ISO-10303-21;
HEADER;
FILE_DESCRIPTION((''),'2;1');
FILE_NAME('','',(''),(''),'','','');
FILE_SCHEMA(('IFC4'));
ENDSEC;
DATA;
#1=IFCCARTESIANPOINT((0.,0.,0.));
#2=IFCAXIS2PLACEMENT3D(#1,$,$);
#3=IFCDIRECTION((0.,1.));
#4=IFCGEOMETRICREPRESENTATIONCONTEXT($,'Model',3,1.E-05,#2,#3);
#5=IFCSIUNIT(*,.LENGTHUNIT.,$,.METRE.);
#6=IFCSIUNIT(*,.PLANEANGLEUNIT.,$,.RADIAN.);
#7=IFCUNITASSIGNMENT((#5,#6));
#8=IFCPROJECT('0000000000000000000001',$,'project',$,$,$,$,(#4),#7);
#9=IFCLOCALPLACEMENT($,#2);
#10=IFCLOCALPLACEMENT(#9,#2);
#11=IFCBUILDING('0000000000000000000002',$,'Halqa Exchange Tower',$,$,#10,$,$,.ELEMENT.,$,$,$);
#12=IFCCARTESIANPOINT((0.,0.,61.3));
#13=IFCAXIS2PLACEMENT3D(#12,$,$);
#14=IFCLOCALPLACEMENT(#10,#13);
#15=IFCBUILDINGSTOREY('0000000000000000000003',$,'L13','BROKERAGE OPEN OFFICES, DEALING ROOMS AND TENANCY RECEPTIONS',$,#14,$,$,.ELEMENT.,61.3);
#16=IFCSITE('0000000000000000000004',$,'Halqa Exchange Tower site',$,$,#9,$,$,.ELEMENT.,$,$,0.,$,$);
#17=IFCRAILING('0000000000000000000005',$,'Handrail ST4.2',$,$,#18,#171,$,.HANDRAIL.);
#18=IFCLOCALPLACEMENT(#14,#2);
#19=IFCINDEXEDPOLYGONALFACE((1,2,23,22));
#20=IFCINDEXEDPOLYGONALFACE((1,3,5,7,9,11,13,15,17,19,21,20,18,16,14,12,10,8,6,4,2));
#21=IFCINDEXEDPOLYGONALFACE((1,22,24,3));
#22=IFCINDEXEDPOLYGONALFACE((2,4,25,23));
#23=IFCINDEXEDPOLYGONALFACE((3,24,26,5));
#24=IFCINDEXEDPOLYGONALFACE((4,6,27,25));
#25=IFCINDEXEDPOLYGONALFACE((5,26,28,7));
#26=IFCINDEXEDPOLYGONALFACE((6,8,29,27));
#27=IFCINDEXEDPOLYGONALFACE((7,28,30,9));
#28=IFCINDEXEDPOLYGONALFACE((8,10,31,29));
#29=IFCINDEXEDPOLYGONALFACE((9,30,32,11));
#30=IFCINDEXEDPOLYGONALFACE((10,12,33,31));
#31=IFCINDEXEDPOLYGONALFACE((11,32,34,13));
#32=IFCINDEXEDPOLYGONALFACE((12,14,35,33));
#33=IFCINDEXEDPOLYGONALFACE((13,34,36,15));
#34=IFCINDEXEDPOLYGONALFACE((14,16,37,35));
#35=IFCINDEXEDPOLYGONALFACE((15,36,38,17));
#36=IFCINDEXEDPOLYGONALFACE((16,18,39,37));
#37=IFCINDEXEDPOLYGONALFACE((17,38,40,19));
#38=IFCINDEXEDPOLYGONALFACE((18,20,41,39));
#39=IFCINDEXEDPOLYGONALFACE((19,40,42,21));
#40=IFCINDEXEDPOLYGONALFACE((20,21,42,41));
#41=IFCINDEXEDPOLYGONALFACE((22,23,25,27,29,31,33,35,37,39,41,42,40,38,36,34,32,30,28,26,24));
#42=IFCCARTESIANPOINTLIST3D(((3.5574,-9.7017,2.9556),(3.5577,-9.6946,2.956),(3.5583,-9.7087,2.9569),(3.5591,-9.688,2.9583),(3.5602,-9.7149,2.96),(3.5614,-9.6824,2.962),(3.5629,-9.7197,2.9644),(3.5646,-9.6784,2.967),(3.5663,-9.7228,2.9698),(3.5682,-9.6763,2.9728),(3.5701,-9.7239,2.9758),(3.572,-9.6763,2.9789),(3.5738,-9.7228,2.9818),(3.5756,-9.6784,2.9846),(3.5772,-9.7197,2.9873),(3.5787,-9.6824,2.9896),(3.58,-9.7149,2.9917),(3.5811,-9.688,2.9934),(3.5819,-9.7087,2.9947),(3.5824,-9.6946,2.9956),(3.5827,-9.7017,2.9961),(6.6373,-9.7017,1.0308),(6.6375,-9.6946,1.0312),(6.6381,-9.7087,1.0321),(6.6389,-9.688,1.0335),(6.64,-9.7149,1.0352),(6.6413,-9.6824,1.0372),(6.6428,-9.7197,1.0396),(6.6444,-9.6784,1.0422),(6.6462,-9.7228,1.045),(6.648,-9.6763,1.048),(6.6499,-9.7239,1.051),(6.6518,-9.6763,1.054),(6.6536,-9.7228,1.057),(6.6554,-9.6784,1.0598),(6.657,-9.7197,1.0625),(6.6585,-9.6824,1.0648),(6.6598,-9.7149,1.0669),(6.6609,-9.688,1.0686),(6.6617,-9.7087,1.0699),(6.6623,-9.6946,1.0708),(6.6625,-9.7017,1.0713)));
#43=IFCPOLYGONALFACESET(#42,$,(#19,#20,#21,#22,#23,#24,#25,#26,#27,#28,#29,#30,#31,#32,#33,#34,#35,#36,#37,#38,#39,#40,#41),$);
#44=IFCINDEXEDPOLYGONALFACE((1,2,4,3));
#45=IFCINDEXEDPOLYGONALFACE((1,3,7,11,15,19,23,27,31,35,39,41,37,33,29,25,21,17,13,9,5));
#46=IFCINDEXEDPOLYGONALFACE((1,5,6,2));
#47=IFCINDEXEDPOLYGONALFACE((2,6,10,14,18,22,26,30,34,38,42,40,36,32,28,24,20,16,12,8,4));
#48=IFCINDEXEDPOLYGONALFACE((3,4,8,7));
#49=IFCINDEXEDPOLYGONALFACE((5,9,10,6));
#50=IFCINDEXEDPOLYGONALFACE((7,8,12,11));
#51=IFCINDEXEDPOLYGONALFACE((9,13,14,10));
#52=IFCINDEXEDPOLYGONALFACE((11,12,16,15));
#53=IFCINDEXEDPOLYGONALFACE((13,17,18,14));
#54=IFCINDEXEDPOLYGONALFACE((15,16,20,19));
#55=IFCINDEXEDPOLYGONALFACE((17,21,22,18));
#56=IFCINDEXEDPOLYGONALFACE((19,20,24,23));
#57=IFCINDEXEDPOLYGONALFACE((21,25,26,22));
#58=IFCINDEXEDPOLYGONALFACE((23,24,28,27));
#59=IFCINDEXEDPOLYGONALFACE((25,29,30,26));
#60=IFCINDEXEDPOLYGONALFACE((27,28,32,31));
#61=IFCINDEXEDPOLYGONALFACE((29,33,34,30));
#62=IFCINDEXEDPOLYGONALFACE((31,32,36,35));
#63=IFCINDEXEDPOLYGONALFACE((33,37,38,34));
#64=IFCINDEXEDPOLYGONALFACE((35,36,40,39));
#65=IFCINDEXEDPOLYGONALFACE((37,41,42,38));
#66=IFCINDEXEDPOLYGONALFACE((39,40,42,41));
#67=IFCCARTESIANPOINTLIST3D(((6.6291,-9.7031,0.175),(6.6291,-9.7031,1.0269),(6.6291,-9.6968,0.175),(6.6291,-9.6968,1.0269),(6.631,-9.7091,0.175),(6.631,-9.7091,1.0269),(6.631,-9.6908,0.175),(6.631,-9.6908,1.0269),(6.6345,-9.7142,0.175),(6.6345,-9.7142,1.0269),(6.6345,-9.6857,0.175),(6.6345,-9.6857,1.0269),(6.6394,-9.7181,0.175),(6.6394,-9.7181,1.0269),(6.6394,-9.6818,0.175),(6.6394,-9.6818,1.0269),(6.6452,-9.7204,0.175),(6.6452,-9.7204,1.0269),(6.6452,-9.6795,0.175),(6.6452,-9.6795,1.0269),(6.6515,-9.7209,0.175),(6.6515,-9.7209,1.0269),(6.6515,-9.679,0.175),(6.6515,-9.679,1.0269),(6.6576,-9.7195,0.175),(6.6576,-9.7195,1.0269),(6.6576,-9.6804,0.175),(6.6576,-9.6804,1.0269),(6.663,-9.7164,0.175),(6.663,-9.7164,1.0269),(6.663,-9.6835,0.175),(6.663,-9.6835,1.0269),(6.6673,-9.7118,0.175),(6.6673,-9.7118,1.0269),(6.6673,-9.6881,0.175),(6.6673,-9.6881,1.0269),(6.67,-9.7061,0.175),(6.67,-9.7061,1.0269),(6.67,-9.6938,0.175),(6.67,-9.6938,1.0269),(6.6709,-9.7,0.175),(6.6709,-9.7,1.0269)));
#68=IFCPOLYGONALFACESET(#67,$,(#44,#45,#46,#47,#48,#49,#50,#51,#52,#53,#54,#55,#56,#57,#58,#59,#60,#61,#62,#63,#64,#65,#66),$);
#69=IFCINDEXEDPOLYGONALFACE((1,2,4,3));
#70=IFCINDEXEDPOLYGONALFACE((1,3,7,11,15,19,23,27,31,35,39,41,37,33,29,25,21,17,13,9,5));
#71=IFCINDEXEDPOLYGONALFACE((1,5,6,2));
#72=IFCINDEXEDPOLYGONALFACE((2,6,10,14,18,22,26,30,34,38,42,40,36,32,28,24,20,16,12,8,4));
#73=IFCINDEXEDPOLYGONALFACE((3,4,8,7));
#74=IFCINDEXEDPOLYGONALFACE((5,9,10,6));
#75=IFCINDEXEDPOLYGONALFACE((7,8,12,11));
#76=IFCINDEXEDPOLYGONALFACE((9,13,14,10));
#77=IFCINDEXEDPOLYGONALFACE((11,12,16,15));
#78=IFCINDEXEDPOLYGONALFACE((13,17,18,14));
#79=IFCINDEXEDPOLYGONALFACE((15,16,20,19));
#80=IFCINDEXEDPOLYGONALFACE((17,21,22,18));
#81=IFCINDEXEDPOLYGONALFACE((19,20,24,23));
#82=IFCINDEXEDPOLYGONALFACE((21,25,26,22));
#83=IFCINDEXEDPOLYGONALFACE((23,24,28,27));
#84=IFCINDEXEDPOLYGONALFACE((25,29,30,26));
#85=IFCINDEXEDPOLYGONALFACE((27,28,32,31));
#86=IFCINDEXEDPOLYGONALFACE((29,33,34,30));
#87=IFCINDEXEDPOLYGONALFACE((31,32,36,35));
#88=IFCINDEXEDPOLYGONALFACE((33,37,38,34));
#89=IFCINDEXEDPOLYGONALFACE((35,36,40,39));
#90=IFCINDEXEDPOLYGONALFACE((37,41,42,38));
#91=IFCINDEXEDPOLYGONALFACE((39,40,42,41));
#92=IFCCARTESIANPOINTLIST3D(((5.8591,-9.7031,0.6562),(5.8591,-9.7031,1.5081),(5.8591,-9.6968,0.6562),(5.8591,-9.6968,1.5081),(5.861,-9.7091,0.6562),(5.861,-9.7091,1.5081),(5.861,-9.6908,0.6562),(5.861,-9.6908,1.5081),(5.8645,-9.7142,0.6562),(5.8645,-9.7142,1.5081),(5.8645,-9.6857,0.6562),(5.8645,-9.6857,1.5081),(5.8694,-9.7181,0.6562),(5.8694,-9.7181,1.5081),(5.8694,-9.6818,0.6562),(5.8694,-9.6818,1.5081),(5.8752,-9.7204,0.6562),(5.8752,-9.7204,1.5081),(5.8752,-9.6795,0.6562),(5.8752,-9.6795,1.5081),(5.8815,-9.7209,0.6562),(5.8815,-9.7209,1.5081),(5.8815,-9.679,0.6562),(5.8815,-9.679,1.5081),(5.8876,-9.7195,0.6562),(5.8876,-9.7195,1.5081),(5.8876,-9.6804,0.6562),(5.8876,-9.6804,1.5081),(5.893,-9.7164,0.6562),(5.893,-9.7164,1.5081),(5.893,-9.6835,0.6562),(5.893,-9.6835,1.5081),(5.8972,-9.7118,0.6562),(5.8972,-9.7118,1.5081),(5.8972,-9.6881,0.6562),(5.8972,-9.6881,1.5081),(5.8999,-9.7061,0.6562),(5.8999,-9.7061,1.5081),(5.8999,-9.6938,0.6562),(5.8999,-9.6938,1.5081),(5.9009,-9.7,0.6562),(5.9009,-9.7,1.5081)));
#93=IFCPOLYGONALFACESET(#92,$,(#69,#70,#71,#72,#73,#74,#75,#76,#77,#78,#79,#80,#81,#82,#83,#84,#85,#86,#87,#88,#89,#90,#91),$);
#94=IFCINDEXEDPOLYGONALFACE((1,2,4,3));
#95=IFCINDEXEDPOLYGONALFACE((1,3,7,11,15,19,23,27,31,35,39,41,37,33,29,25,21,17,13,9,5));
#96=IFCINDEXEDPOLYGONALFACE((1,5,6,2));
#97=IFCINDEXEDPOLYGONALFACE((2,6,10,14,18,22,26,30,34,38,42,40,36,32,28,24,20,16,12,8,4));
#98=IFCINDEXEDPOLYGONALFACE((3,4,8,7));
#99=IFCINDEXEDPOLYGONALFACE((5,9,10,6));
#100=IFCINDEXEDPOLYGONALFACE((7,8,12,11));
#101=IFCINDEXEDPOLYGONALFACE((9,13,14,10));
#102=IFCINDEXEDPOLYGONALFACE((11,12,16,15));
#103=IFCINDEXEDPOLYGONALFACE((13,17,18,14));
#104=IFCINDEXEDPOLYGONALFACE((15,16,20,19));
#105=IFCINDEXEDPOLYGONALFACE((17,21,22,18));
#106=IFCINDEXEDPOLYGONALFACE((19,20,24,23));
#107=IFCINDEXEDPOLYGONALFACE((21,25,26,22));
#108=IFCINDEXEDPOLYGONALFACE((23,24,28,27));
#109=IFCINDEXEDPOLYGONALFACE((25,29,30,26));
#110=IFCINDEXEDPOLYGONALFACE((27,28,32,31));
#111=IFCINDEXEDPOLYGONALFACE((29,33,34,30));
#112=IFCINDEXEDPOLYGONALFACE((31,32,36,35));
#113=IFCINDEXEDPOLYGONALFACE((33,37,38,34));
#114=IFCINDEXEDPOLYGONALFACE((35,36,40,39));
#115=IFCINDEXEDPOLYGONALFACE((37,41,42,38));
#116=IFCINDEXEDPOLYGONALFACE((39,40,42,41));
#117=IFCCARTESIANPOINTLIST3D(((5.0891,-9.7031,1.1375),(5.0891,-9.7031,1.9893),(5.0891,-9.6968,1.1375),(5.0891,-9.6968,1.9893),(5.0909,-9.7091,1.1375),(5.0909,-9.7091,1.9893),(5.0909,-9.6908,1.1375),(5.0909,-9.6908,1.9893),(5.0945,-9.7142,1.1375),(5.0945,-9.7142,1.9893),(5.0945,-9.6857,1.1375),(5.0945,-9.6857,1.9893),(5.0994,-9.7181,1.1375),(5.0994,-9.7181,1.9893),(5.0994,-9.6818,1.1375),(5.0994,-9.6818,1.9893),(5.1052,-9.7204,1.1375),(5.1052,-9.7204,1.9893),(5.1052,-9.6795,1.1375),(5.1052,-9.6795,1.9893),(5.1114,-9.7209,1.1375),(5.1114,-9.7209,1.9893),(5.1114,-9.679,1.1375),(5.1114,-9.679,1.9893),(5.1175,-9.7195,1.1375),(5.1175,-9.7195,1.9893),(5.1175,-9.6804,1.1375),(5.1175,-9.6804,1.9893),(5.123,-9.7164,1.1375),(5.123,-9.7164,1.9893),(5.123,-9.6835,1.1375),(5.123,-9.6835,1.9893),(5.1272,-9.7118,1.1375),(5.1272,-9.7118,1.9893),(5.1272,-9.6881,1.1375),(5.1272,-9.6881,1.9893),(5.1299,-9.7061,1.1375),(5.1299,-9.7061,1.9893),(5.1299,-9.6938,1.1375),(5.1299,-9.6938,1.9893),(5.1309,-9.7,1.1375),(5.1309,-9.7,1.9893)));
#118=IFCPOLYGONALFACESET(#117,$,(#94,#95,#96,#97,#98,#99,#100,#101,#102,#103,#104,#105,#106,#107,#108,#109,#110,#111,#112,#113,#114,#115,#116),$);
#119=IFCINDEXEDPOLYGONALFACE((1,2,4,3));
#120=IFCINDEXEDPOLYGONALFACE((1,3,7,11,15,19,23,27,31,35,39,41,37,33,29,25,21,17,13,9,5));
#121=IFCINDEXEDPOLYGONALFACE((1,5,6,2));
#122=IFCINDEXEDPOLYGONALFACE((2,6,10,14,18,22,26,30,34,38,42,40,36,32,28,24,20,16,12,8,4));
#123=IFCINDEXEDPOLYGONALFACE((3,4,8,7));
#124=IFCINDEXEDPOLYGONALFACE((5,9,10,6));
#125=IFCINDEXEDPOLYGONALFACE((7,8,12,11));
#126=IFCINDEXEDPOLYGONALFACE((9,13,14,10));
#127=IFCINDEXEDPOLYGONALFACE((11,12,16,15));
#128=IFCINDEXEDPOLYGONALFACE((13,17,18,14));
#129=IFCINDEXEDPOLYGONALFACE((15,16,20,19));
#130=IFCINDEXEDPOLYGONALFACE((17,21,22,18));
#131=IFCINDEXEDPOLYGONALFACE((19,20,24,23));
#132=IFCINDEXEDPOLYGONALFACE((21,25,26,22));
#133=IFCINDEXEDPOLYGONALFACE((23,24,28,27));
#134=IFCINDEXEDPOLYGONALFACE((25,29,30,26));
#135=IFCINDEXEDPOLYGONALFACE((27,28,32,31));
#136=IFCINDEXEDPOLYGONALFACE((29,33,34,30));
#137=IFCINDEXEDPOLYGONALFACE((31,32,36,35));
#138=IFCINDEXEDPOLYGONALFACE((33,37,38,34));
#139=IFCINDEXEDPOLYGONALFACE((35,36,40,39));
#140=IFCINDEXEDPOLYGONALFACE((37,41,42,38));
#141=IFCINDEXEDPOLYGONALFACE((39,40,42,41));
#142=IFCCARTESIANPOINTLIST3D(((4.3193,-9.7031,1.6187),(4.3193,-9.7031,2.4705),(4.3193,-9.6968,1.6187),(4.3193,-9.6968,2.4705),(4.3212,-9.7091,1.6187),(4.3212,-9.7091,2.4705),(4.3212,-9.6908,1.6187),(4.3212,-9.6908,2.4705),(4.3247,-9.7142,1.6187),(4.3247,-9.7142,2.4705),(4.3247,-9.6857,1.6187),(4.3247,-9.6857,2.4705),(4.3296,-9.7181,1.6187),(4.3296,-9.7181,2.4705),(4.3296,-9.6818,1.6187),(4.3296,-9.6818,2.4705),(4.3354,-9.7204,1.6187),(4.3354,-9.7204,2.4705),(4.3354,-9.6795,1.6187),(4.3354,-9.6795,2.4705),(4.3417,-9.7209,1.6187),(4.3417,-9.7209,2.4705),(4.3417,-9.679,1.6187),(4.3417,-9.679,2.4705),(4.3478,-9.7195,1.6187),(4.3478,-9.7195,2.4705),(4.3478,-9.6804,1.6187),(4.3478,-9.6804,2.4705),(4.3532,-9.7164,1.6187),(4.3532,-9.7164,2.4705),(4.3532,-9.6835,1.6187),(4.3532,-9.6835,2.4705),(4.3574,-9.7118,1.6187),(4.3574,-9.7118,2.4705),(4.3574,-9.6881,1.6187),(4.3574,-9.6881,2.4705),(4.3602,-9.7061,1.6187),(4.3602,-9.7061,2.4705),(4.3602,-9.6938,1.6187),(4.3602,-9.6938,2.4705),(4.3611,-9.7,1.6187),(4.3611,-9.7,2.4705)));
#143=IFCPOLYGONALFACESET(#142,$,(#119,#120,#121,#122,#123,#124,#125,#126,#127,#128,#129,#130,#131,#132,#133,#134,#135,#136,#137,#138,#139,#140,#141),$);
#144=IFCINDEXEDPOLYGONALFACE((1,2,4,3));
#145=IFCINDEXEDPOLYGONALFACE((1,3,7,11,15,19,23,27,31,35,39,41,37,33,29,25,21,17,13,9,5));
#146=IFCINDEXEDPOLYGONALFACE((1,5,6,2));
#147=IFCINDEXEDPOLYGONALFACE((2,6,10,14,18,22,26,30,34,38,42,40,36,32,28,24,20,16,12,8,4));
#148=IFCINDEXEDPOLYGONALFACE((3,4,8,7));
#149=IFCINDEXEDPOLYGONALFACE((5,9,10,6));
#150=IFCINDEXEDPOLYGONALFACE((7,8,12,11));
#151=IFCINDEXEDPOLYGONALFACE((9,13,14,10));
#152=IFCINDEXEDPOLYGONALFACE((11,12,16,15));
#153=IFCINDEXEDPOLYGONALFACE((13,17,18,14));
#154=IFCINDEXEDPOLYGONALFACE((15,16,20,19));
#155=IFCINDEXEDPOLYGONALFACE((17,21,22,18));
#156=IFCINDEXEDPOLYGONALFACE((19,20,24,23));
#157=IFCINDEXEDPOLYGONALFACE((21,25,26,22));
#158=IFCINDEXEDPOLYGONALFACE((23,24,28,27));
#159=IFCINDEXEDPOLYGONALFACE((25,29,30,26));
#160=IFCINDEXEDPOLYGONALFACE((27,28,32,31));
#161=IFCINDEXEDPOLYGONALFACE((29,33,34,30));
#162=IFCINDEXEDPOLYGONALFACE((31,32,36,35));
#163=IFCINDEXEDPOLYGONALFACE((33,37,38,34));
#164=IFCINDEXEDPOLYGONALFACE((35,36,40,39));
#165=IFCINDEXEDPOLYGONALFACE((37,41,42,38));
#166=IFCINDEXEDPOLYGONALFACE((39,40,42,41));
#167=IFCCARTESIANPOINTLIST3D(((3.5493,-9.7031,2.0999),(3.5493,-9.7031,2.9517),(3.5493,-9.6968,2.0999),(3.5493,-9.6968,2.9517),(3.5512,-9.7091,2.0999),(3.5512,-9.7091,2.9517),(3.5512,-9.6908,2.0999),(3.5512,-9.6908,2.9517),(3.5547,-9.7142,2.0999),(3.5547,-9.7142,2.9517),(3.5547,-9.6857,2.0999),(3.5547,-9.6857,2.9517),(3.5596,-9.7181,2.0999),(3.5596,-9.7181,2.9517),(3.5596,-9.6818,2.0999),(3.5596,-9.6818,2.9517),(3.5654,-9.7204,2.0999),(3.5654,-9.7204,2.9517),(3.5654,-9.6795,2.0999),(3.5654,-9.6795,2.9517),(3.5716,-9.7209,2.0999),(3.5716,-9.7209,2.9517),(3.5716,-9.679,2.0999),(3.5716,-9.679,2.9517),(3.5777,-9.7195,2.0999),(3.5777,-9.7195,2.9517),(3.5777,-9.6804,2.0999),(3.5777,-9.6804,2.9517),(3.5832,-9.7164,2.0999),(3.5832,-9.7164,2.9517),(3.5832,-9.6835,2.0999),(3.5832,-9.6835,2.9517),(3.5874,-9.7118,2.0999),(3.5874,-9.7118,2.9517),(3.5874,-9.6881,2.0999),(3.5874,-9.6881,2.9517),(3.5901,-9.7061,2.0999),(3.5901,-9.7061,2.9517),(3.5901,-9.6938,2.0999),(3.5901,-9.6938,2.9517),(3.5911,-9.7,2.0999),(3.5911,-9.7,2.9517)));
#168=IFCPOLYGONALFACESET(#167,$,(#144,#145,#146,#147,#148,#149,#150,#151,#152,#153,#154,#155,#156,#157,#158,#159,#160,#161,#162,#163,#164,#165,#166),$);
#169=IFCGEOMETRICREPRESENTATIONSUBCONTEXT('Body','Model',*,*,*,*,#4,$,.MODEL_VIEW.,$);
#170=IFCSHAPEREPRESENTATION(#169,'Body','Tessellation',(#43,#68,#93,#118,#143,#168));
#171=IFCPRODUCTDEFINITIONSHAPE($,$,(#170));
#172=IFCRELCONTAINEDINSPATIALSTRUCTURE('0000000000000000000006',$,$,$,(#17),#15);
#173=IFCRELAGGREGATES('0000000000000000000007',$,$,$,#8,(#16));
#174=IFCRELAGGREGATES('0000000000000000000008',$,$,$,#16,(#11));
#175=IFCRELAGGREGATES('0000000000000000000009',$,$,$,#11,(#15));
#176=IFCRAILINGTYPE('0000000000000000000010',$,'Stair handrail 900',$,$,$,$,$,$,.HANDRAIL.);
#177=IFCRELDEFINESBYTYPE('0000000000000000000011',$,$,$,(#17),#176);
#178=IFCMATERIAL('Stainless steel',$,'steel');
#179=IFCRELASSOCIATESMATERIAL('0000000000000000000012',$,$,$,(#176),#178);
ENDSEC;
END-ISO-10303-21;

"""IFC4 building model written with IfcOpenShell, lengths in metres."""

from ifc_helpers import new_model, si_unit, direction, frame, origin, origin_2d, place, context, subcontext, project, spatial, circle, extrude, material, type_object, element, save


model = new_model("IFC4")

# Units and contexts
model_context = context("Model", 3, precision=1e-05, world=origin(), true_north=direction((0.0, 1.0)))
body_context = subcontext(model_context, "Body", "Model", "MODEL_VIEW")
ifc_project = project(units=[si_unit("LENGTHUNIT", "METRE"), si_unit("PLANEANGLEUNIT", "RADIAN")], contexts=[model_context])

# Site, building, storey
site_placement = place(None, origin())
site = spatial("IfcSite", under=ifc_project, at=site_placement, Name="Halqa Exchange Tower site", CompositionType="ELEMENT", RefElevation=0.0)
building_placement = place(site_placement, origin())
building = spatial("IfcBuilding", under=site, at=building_placement, Name="Halqa Exchange Tower", CompositionType="ELEMENT")
storey_placement = place(building_placement, frame((0.0, 0.0, 61.3)))
storey = spatial("IfcBuildingStorey", under=building, at=storey_placement, Name="L13", Description="BROKERAGE OPEN OFFICES, DEALING ROOMS AND TENANCY RECEPTIONS", CompositionType="ELEMENT", Elevation=61.3)

# Railing
ifc_material_1 = material(Name="Stainless steel", Category="steel")
railing_type_1 = type_object("IfcRailingType", Name="Stair handrail 900", PredefinedType="HANDRAIL", material=ifc_material_1)
railing_1_placement = place(storey_placement, frame((6.6499, -9.7, 0.175)))
element("IfcRailing", 1, at=railing_1_placement, inside=storey, type_object=railing_type_1, Name="Handrail ST4.2", PredefinedType="HANDRAIL", context=body_context, shape_type="SweptSolid", body=[
    extrude(circle(Radius=0.0239, at=origin_2d()), frame((0.0, 0.0, 0.876), z_axis=(-0.84801, 0.0, 0.529981), x_axis=(0.0, -1.0, 0.0)), (0.0, 0.0, 1.0), 3.6318),
    extrude(circle(Radius=0.021, at=origin_2d()), origin(), (0.0, 0.0, 1.0), 0.8518),
    extrude(circle(Radius=0.021, at=origin_2d()), frame((-0.77, 0.0, 0.4812)), (0.0, 0.0, 1.0), 0.8518),
    extrude(circle(Radius=0.021, at=origin_2d()), frame((-1.54, 0.0, 0.9624)), (0.0, 0.0, 1.0), 0.8518),
    extrude(circle(Radius=0.021, at=origin_2d()), frame((-2.3098, 0.0, 1.4436)), (0.0, 0.0, 1.0), 0.8518),
    extrude(circle(Radius=0.021, at=origin_2d()), frame((-3.0798, 0.0, 1.9248)), (0.0, 0.0, 1.0), 0.8518),
])

save(model, "model.ifc")
